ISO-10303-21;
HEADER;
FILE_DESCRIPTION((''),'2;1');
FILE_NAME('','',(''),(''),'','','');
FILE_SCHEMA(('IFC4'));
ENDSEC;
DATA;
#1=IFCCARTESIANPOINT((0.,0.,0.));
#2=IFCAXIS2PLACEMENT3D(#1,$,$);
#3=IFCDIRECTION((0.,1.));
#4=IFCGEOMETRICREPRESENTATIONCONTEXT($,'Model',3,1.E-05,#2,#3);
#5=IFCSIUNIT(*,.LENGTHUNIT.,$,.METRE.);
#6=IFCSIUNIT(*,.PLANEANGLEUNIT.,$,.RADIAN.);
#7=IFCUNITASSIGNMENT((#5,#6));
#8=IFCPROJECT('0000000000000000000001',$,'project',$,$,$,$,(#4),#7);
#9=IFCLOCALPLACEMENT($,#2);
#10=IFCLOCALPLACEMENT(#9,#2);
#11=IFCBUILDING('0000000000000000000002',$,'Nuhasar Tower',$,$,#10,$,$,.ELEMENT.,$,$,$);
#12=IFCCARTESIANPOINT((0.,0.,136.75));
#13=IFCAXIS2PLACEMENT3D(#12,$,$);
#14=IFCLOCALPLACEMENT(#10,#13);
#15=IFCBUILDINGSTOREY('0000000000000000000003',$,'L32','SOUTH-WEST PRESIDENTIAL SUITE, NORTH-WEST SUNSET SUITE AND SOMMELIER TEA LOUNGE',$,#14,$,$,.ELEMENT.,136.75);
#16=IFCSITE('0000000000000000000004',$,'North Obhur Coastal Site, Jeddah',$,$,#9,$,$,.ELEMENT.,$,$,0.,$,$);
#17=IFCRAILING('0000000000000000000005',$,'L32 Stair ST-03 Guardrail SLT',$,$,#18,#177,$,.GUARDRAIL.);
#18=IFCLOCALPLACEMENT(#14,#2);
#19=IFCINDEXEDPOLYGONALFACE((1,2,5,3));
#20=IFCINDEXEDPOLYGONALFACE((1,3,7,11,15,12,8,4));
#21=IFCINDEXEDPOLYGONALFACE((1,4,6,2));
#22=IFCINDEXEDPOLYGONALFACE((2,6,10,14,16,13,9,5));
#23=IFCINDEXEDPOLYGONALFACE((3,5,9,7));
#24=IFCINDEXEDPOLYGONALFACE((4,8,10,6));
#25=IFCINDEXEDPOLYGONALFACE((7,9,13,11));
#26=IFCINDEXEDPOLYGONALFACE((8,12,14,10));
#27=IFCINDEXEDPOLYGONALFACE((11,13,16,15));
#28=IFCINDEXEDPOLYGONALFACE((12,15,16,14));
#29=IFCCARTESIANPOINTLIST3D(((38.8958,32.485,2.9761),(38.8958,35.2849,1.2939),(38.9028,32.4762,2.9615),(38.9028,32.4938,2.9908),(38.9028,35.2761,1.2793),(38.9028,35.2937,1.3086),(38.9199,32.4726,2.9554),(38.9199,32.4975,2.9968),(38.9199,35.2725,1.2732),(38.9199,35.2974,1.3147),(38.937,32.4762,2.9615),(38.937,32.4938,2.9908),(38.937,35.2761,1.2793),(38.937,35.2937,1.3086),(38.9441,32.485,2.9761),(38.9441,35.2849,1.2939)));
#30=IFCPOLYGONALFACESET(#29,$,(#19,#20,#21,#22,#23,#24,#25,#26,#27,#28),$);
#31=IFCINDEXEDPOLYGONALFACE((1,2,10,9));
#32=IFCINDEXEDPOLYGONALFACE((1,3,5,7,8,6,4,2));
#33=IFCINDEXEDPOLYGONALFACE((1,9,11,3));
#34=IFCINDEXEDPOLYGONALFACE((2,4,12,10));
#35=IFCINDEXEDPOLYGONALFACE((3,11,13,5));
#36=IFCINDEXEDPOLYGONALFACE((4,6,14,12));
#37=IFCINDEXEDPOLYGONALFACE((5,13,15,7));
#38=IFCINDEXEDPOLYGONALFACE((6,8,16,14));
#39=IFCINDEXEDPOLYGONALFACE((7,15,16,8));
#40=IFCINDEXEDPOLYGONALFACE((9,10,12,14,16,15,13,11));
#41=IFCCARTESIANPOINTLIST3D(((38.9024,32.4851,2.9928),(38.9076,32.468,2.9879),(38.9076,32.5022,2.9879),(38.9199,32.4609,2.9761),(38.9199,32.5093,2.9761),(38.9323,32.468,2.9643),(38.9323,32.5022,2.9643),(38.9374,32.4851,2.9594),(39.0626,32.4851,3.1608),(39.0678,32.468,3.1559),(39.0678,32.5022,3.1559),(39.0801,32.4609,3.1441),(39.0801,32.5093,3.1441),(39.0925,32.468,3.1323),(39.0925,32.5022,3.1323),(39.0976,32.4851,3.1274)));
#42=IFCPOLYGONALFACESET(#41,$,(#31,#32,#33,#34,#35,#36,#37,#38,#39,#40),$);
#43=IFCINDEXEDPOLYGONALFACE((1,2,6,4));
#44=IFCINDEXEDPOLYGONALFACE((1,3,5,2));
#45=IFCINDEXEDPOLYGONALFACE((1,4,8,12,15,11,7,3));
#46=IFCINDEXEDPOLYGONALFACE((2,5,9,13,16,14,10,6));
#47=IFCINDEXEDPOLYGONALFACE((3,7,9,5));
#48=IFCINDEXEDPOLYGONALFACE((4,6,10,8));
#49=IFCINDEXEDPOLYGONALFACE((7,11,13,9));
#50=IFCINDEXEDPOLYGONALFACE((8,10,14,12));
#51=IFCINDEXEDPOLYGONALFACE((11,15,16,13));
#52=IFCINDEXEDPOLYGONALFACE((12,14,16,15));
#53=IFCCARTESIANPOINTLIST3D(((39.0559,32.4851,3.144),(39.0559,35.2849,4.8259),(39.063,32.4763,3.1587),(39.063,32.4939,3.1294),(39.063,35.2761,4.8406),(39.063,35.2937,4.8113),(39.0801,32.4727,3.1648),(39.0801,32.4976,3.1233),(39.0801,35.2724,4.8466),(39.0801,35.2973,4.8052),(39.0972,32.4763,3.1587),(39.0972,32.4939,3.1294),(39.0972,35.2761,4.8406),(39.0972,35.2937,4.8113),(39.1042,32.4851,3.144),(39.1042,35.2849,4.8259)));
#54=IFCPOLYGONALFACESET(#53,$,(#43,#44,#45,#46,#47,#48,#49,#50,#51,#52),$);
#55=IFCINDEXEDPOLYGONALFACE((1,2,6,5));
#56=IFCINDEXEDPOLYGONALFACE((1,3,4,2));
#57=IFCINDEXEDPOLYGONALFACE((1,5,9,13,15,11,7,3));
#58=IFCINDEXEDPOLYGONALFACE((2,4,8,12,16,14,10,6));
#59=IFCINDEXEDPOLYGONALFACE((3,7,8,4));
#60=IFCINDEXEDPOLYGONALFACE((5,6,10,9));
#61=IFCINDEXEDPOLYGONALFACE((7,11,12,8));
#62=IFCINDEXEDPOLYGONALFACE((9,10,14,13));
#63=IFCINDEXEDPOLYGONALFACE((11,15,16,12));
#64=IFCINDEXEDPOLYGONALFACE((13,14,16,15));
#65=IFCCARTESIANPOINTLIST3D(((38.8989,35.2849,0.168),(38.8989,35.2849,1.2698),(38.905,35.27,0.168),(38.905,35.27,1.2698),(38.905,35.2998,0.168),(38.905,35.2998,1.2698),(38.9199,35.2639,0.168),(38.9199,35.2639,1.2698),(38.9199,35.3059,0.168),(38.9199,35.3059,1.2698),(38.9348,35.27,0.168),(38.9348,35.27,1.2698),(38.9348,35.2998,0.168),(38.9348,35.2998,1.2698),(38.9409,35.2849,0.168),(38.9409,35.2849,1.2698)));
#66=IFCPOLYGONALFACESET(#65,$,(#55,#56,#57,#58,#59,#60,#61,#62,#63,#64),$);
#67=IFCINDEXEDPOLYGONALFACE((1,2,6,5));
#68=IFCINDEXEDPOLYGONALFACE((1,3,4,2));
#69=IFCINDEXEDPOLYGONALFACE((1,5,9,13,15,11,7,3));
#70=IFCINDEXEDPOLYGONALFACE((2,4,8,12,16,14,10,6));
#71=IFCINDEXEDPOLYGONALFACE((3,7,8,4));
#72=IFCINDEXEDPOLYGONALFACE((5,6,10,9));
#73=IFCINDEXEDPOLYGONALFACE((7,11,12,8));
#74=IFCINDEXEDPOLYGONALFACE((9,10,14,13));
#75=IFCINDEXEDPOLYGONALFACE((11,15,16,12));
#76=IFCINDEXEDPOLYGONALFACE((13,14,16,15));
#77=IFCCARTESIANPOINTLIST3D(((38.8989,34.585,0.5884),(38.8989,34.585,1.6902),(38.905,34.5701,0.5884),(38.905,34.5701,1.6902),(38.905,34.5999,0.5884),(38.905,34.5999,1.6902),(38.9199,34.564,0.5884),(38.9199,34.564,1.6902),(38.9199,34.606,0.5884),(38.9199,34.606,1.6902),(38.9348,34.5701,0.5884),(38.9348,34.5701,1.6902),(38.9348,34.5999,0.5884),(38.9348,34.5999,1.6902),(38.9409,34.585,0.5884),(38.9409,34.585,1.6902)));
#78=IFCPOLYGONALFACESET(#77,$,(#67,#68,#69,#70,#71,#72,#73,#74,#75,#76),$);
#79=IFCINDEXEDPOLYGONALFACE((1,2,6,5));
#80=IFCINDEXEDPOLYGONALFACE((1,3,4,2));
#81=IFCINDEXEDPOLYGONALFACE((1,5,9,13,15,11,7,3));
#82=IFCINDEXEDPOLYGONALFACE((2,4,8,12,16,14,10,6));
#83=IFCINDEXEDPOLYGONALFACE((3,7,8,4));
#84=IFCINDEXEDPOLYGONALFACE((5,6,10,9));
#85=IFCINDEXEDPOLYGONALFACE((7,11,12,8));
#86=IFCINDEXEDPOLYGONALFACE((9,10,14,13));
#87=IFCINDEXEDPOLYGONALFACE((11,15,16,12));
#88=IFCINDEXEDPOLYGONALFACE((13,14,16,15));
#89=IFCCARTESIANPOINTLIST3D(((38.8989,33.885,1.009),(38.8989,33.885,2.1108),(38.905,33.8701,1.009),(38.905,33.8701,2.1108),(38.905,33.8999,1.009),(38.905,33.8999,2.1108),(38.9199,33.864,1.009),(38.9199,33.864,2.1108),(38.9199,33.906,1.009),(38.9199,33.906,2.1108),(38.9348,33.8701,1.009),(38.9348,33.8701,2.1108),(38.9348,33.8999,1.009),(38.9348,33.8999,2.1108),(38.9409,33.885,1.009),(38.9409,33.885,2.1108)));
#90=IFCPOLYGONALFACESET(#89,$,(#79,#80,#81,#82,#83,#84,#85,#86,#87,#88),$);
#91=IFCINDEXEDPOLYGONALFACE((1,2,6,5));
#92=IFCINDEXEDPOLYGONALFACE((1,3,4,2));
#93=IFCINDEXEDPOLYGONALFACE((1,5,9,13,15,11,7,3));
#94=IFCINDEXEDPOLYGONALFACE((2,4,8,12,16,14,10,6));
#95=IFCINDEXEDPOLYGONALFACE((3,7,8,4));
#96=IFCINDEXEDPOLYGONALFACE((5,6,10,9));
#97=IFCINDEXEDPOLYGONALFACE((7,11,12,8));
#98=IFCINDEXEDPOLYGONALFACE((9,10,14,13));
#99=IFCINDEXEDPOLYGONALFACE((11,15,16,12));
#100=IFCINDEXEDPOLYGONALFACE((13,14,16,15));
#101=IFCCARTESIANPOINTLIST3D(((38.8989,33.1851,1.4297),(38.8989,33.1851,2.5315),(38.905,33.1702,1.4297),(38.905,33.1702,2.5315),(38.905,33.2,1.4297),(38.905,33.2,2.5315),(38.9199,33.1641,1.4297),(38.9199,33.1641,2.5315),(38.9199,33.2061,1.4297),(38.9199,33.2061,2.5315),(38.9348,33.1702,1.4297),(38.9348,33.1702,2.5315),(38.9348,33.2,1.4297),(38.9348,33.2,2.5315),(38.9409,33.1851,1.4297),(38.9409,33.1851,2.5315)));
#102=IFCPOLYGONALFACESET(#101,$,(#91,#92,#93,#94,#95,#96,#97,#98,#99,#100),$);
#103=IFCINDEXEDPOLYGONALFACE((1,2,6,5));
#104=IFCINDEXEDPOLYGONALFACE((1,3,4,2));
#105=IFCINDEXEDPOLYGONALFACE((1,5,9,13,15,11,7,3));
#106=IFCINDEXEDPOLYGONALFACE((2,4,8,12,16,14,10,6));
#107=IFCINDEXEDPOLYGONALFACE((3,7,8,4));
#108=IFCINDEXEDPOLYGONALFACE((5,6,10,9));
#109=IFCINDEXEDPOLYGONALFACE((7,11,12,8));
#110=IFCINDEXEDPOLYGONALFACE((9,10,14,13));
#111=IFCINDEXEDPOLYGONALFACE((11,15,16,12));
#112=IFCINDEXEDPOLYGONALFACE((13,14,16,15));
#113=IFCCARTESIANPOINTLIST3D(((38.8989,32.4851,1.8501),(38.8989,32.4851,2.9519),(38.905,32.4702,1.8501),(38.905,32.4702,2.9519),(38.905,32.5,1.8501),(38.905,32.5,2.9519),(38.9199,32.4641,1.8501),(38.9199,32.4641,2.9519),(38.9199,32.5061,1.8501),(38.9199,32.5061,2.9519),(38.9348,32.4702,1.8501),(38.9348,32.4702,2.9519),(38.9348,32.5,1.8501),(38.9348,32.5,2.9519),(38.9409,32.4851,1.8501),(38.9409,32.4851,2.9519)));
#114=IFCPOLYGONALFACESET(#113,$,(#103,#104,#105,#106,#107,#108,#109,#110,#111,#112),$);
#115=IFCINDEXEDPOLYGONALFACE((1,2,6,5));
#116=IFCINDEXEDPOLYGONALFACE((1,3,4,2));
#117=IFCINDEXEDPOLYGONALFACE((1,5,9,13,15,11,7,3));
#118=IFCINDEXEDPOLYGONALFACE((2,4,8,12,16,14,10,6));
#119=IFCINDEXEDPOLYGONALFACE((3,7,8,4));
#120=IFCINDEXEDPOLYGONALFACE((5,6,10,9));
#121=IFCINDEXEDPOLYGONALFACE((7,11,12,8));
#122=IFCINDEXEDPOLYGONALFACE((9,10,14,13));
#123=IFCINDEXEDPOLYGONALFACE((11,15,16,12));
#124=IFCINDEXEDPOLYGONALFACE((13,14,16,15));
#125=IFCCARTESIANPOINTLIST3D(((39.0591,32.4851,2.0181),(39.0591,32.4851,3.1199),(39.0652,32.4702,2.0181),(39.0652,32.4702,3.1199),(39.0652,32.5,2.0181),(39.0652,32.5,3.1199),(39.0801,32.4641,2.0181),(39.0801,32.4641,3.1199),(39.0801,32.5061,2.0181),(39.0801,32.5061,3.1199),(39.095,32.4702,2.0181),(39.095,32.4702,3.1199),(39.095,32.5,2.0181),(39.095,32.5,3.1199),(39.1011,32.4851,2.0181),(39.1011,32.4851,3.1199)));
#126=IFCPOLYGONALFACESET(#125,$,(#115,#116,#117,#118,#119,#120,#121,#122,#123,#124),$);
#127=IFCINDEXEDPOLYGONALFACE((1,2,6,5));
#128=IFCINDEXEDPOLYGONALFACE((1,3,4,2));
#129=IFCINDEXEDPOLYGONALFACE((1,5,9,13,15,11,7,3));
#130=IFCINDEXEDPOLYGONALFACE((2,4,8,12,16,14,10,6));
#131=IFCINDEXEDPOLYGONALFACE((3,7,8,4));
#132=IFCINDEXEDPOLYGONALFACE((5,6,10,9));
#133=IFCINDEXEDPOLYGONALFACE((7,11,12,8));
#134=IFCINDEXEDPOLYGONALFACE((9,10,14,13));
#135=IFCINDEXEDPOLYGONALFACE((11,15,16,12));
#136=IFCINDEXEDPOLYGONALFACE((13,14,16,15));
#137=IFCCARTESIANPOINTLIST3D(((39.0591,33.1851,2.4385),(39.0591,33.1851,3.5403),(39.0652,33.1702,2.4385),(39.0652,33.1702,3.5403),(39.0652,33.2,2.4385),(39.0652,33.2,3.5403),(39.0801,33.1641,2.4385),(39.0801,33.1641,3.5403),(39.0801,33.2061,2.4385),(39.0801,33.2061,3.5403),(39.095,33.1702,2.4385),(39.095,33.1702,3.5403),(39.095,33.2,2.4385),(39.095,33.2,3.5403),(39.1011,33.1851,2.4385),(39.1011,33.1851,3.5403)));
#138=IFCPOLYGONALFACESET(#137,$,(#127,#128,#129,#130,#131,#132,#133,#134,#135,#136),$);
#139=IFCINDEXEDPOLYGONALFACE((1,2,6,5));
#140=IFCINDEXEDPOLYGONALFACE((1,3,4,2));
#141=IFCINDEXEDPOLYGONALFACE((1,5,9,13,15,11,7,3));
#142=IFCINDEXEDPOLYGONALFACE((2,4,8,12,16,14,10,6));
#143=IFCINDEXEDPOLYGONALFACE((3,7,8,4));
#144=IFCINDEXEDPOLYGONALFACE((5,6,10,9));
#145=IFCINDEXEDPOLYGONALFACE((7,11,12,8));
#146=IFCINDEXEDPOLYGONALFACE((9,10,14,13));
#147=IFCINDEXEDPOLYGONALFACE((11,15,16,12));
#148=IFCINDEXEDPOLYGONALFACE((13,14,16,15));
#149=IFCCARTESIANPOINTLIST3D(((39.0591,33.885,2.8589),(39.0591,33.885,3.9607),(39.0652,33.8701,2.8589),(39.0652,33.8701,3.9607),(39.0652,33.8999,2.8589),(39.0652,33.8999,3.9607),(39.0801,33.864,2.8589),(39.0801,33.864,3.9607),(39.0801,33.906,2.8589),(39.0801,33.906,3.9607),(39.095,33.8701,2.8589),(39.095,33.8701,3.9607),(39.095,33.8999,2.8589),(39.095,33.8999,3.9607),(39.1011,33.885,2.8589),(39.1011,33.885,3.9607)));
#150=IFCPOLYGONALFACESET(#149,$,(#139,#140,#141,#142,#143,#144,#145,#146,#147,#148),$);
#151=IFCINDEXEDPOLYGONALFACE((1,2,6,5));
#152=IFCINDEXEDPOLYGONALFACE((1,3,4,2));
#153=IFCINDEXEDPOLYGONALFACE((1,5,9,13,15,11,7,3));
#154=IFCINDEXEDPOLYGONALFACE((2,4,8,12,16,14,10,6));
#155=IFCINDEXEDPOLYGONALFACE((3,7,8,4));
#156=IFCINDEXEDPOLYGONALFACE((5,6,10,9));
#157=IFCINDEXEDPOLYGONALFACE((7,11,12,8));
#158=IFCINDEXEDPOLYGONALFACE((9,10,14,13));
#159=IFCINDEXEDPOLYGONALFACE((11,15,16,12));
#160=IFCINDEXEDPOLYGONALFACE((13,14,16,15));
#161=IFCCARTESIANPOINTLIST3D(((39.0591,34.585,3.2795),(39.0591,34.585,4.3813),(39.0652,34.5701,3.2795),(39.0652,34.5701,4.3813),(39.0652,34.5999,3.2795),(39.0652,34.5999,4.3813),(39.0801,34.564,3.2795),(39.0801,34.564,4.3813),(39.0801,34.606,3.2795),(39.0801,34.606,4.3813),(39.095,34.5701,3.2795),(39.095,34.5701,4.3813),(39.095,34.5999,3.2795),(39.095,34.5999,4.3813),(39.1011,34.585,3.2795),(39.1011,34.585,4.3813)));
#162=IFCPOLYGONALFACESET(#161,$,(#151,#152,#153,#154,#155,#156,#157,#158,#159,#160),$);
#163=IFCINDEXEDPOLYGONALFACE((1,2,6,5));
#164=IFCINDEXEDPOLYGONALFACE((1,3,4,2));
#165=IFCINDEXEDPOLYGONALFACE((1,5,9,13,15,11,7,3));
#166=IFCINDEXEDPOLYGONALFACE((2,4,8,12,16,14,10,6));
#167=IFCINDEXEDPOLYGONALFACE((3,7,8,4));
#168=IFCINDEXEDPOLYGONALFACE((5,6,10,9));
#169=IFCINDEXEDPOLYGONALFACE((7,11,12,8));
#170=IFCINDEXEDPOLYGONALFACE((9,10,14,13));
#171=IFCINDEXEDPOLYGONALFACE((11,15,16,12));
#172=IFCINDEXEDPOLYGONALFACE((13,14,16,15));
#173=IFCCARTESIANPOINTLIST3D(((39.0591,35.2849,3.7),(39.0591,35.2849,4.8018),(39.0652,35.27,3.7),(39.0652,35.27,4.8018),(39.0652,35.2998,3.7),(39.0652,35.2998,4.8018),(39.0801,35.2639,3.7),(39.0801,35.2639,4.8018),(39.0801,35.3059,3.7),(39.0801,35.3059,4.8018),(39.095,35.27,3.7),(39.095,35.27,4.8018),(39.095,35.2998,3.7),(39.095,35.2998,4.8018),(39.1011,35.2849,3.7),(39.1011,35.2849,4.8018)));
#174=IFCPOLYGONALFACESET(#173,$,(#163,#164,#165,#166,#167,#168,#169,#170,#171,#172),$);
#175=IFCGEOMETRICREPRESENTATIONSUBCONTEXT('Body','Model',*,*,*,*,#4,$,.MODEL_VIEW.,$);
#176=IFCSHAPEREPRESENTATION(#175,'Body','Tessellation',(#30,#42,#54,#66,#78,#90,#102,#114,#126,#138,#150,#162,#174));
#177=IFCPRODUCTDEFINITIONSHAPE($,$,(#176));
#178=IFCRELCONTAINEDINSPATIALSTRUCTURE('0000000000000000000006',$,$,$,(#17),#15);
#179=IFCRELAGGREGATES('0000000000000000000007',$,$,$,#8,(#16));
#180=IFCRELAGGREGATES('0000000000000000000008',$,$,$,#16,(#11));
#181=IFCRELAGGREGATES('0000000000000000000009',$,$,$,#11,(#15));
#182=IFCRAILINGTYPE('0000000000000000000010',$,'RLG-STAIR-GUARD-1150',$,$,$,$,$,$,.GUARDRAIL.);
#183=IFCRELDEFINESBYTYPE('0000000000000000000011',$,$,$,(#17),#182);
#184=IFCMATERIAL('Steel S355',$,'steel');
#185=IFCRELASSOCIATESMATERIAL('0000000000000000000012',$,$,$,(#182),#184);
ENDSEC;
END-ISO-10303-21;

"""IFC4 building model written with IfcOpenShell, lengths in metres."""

from ifc_helpers import new_model, si_unit, direction, frame, origin, place, context, subcontext, project, spatial, polyline, outline, extrude, material, type_object, element, save


model = new_model("IFC4")

# Units and contexts
model_context = context("Model", 3, precision=1e-05, world=origin(), true_north=direction((0.0, 1.0)))
body_context = subcontext(model_context, "Body", "Model", "MODEL_VIEW")
ifc_project = project(units=[si_unit("LENGTHUNIT", "METRE"), si_unit("PLANEANGLEUNIT", "RADIAN")], contexts=[model_context])

# Site, building, storey
site_placement = place(None, origin())
site = spatial("IfcSite", under=ifc_project, at=site_placement, Name="North Obhur Coastal Site, Jeddah", CompositionType="ELEMENT", RefElevation=0.0)
building_placement = place(site_placement, origin())
building = spatial("IfcBuilding", under=site, at=building_placement, Name="Nuhasar Tower", CompositionType="ELEMENT")
storey_placement = place(building_placement, frame((0.0, 0.0, 136.75)))
storey = spatial("IfcBuildingStorey", under=building, at=storey_placement, Name="L32", Description="SOUTH-WEST PRESIDENTIAL SUITE, NORTH-WEST SUNSET SUITE AND SOMMELIER TEA LOUNGE", CompositionType="ELEMENT", Elevation=136.75)

# Shared definitions
ifc_material_1 = material(Name="Steel S355", Category="steel")

# Railing
railing_type_1 = type_object("IfcRailingType", Name="RLG-STAIR-GUARD-1150", PredefinedType="GUARDRAIL", material=ifc_material_1)
railing_1_placement = place(storey_placement, frame((38.9199, 35.2849, 0.168)))
element("IfcRailing", 1, at=railing_1_placement, inside=storey, type_object=railing_type_1, Name="L32 Stair ST-03 Guardrail SLT", PredefinedType="GUARDRAIL", context=body_context, shape_type="SweptSolid", body=[
    extrude(outline(polyline([(0.0242, 0.0), (0.0171, 0.0171), (0.0, 0.0242), (-0.0171, 0.0171), (-0.0242, 0.0), (-0.0171, -0.0171), (0.0, -0.0242), (0.0171, -0.0171), (0.0242, 0.0)])), frame((0.0, 0.0, 1.126), z_axis=(0.0, -0.857189, 0.515001), x_axis=(1.0, 0.0, 0.0)), (0.0, 0.0, 1.0), 3.2664),
    extrude(outline(polyline([(0.0242, 0.0), (0.0171, 0.0171), (0.0, 0.0242), (-0.0171, 0.0171), (-0.0242, 0.0), (-0.0171, -0.0171), (0.0, -0.0242), (0.0171, -0.0171), (0.0242, 0.0)])), frame((0.0, -2.7998, 2.8081), z_axis=(0.690075, 0.0, 0.723738), x_axis=(0.0, 1.0, 0.0)), (0.0, 0.0, 1.0), 0.2322),
    extrude(outline(polyline([(0.0242, 0.0), (0.0171, 0.0171), (0.0, 0.0242), (-0.0171, 0.0171), (-0.0242, 0.0), (-0.0171, -0.0171), (0.0, -0.0242), (0.0171, -0.0171), (0.0242, 0.0)])), frame((0.1602, -2.7998, 2.9761), z_axis=(0.0, 0.857222, 0.514946), x_axis=(-1.0, 0.0, 0.0)), (0.0, 0.0, 1.0), 3.2661),
    extrude(outline(polyline([(0.021, 0.0), (0.0149, 0.0149), (0.0, 0.021), (-0.0149, 0.0149), (-0.021, 0.0), (-0.0149, -0.0149), (0.0, -0.021), (0.0149, -0.0149), (0.021, 0.0)])), origin(), (0.0, 0.0, 1.0), 1.1018),
    extrude(outline(polyline([(0.021, 0.0), (0.0149, 0.0149), (0.0, 0.021), (-0.0149, 0.0149), (-0.021, 0.0), (-0.0149, -0.0149), (0.0, -0.021), (0.0149, -0.0149), (0.021, 0.0)])), frame((0.0, -0.7, 0.4204)), (0.0, 0.0, 1.0), 1.1018),
    extrude(outline(polyline([(0.021, 0.0), (0.0149, 0.0149), (0.0, 0.021), (-0.0149, 0.0149), (-0.021, 0.0), (-0.0149, -0.0149), (0.0, -0.021), (0.0149, -0.0149), (0.021, 0.0)])), frame((0.0, -1.3999, 0.8411)), (0.0, 0.0, 1.0), 1.1018),
    extrude(outline(polyline([(0.021, 0.0), (0.0149, 0.0149), (0.0, 0.021), (-0.0149, 0.0149), (-0.021, 0.0), (-0.0149, -0.0149), (0.0, -0.021), (0.0149, -0.0149), (0.021, 0.0)])), frame((0.0, -2.0999, 1.2617)), (0.0, 0.0, 1.0), 1.1018),
    extrude(outline(polyline([(0.021, 0.0), (0.0149, 0.0149), (0.0, 0.021), (-0.0149, 0.0149), (-0.021, 0.0), (-0.0149, -0.0149), (0.0, -0.021), (0.0149, -0.0149), (0.021, 0.0)])), frame((0.0, -2.7998, 1.6821)), (0.0, 0.0, 1.0), 1.1018),
    extrude(outline(polyline([(0.021, 0.0), (0.0149, 0.0149), (0.0, 0.021), (-0.0149, 0.0149), (-0.021, 0.0), (-0.0149, -0.0149), (0.0, -0.021), (0.0149, -0.0149), (0.021, 0.0)])), frame((0.1602, -2.7998, 1.8501)), (0.0, 0.0, 1.0), 1.1018),
    extrude(outline(polyline([(0.021, 0.0), (0.0149, 0.0149), (0.0, 0.021), (-0.0149, 0.0149), (-0.021, 0.0), (-0.0149, -0.0149), (0.0, -0.021), (0.0149, -0.0149), (0.021, 0.0)])), frame((0.1602, -2.0999, 2.2705)), (0.0, 0.0, 1.0), 1.1018),
    extrude(outline(polyline([(0.021, 0.0), (0.0149, 0.0149), (0.0, 0.021), (-0.0149, 0.0149), (-0.021, 0.0), (-0.0149, -0.0149), (0.0, -0.021), (0.0149, -0.0149), (0.021, 0.0)])), frame((0.1602, -1.3999, 2.6909)), (0.0, 0.0, 1.0), 1.1018),
    extrude(outline(polyline([(0.021, 0.0), (0.0149, 0.0149), (0.0, 0.021), (-0.0149, 0.0149), (-0.021, 0.0), (-0.0149, -0.0149), (0.0, -0.021), (0.0149, -0.0149), (0.021, 0.0)])), frame((0.1602, -0.7, 3.1116)), (0.0, 0.0, 1.0), 1.1018),
    extrude(outline(polyline([(0.021, 0.0), (0.0149, 0.0149), (0.0, 0.021), (-0.0149, 0.0149), (-0.021, 0.0), (-0.0149, -0.0149), (0.0, -0.021), (0.0149, -0.0149), (0.021, 0.0)])), frame((0.1602, 0.0, 3.532)), (0.0, 0.0, 1.0), 1.1018),
])

save(model, "model.ifc")
